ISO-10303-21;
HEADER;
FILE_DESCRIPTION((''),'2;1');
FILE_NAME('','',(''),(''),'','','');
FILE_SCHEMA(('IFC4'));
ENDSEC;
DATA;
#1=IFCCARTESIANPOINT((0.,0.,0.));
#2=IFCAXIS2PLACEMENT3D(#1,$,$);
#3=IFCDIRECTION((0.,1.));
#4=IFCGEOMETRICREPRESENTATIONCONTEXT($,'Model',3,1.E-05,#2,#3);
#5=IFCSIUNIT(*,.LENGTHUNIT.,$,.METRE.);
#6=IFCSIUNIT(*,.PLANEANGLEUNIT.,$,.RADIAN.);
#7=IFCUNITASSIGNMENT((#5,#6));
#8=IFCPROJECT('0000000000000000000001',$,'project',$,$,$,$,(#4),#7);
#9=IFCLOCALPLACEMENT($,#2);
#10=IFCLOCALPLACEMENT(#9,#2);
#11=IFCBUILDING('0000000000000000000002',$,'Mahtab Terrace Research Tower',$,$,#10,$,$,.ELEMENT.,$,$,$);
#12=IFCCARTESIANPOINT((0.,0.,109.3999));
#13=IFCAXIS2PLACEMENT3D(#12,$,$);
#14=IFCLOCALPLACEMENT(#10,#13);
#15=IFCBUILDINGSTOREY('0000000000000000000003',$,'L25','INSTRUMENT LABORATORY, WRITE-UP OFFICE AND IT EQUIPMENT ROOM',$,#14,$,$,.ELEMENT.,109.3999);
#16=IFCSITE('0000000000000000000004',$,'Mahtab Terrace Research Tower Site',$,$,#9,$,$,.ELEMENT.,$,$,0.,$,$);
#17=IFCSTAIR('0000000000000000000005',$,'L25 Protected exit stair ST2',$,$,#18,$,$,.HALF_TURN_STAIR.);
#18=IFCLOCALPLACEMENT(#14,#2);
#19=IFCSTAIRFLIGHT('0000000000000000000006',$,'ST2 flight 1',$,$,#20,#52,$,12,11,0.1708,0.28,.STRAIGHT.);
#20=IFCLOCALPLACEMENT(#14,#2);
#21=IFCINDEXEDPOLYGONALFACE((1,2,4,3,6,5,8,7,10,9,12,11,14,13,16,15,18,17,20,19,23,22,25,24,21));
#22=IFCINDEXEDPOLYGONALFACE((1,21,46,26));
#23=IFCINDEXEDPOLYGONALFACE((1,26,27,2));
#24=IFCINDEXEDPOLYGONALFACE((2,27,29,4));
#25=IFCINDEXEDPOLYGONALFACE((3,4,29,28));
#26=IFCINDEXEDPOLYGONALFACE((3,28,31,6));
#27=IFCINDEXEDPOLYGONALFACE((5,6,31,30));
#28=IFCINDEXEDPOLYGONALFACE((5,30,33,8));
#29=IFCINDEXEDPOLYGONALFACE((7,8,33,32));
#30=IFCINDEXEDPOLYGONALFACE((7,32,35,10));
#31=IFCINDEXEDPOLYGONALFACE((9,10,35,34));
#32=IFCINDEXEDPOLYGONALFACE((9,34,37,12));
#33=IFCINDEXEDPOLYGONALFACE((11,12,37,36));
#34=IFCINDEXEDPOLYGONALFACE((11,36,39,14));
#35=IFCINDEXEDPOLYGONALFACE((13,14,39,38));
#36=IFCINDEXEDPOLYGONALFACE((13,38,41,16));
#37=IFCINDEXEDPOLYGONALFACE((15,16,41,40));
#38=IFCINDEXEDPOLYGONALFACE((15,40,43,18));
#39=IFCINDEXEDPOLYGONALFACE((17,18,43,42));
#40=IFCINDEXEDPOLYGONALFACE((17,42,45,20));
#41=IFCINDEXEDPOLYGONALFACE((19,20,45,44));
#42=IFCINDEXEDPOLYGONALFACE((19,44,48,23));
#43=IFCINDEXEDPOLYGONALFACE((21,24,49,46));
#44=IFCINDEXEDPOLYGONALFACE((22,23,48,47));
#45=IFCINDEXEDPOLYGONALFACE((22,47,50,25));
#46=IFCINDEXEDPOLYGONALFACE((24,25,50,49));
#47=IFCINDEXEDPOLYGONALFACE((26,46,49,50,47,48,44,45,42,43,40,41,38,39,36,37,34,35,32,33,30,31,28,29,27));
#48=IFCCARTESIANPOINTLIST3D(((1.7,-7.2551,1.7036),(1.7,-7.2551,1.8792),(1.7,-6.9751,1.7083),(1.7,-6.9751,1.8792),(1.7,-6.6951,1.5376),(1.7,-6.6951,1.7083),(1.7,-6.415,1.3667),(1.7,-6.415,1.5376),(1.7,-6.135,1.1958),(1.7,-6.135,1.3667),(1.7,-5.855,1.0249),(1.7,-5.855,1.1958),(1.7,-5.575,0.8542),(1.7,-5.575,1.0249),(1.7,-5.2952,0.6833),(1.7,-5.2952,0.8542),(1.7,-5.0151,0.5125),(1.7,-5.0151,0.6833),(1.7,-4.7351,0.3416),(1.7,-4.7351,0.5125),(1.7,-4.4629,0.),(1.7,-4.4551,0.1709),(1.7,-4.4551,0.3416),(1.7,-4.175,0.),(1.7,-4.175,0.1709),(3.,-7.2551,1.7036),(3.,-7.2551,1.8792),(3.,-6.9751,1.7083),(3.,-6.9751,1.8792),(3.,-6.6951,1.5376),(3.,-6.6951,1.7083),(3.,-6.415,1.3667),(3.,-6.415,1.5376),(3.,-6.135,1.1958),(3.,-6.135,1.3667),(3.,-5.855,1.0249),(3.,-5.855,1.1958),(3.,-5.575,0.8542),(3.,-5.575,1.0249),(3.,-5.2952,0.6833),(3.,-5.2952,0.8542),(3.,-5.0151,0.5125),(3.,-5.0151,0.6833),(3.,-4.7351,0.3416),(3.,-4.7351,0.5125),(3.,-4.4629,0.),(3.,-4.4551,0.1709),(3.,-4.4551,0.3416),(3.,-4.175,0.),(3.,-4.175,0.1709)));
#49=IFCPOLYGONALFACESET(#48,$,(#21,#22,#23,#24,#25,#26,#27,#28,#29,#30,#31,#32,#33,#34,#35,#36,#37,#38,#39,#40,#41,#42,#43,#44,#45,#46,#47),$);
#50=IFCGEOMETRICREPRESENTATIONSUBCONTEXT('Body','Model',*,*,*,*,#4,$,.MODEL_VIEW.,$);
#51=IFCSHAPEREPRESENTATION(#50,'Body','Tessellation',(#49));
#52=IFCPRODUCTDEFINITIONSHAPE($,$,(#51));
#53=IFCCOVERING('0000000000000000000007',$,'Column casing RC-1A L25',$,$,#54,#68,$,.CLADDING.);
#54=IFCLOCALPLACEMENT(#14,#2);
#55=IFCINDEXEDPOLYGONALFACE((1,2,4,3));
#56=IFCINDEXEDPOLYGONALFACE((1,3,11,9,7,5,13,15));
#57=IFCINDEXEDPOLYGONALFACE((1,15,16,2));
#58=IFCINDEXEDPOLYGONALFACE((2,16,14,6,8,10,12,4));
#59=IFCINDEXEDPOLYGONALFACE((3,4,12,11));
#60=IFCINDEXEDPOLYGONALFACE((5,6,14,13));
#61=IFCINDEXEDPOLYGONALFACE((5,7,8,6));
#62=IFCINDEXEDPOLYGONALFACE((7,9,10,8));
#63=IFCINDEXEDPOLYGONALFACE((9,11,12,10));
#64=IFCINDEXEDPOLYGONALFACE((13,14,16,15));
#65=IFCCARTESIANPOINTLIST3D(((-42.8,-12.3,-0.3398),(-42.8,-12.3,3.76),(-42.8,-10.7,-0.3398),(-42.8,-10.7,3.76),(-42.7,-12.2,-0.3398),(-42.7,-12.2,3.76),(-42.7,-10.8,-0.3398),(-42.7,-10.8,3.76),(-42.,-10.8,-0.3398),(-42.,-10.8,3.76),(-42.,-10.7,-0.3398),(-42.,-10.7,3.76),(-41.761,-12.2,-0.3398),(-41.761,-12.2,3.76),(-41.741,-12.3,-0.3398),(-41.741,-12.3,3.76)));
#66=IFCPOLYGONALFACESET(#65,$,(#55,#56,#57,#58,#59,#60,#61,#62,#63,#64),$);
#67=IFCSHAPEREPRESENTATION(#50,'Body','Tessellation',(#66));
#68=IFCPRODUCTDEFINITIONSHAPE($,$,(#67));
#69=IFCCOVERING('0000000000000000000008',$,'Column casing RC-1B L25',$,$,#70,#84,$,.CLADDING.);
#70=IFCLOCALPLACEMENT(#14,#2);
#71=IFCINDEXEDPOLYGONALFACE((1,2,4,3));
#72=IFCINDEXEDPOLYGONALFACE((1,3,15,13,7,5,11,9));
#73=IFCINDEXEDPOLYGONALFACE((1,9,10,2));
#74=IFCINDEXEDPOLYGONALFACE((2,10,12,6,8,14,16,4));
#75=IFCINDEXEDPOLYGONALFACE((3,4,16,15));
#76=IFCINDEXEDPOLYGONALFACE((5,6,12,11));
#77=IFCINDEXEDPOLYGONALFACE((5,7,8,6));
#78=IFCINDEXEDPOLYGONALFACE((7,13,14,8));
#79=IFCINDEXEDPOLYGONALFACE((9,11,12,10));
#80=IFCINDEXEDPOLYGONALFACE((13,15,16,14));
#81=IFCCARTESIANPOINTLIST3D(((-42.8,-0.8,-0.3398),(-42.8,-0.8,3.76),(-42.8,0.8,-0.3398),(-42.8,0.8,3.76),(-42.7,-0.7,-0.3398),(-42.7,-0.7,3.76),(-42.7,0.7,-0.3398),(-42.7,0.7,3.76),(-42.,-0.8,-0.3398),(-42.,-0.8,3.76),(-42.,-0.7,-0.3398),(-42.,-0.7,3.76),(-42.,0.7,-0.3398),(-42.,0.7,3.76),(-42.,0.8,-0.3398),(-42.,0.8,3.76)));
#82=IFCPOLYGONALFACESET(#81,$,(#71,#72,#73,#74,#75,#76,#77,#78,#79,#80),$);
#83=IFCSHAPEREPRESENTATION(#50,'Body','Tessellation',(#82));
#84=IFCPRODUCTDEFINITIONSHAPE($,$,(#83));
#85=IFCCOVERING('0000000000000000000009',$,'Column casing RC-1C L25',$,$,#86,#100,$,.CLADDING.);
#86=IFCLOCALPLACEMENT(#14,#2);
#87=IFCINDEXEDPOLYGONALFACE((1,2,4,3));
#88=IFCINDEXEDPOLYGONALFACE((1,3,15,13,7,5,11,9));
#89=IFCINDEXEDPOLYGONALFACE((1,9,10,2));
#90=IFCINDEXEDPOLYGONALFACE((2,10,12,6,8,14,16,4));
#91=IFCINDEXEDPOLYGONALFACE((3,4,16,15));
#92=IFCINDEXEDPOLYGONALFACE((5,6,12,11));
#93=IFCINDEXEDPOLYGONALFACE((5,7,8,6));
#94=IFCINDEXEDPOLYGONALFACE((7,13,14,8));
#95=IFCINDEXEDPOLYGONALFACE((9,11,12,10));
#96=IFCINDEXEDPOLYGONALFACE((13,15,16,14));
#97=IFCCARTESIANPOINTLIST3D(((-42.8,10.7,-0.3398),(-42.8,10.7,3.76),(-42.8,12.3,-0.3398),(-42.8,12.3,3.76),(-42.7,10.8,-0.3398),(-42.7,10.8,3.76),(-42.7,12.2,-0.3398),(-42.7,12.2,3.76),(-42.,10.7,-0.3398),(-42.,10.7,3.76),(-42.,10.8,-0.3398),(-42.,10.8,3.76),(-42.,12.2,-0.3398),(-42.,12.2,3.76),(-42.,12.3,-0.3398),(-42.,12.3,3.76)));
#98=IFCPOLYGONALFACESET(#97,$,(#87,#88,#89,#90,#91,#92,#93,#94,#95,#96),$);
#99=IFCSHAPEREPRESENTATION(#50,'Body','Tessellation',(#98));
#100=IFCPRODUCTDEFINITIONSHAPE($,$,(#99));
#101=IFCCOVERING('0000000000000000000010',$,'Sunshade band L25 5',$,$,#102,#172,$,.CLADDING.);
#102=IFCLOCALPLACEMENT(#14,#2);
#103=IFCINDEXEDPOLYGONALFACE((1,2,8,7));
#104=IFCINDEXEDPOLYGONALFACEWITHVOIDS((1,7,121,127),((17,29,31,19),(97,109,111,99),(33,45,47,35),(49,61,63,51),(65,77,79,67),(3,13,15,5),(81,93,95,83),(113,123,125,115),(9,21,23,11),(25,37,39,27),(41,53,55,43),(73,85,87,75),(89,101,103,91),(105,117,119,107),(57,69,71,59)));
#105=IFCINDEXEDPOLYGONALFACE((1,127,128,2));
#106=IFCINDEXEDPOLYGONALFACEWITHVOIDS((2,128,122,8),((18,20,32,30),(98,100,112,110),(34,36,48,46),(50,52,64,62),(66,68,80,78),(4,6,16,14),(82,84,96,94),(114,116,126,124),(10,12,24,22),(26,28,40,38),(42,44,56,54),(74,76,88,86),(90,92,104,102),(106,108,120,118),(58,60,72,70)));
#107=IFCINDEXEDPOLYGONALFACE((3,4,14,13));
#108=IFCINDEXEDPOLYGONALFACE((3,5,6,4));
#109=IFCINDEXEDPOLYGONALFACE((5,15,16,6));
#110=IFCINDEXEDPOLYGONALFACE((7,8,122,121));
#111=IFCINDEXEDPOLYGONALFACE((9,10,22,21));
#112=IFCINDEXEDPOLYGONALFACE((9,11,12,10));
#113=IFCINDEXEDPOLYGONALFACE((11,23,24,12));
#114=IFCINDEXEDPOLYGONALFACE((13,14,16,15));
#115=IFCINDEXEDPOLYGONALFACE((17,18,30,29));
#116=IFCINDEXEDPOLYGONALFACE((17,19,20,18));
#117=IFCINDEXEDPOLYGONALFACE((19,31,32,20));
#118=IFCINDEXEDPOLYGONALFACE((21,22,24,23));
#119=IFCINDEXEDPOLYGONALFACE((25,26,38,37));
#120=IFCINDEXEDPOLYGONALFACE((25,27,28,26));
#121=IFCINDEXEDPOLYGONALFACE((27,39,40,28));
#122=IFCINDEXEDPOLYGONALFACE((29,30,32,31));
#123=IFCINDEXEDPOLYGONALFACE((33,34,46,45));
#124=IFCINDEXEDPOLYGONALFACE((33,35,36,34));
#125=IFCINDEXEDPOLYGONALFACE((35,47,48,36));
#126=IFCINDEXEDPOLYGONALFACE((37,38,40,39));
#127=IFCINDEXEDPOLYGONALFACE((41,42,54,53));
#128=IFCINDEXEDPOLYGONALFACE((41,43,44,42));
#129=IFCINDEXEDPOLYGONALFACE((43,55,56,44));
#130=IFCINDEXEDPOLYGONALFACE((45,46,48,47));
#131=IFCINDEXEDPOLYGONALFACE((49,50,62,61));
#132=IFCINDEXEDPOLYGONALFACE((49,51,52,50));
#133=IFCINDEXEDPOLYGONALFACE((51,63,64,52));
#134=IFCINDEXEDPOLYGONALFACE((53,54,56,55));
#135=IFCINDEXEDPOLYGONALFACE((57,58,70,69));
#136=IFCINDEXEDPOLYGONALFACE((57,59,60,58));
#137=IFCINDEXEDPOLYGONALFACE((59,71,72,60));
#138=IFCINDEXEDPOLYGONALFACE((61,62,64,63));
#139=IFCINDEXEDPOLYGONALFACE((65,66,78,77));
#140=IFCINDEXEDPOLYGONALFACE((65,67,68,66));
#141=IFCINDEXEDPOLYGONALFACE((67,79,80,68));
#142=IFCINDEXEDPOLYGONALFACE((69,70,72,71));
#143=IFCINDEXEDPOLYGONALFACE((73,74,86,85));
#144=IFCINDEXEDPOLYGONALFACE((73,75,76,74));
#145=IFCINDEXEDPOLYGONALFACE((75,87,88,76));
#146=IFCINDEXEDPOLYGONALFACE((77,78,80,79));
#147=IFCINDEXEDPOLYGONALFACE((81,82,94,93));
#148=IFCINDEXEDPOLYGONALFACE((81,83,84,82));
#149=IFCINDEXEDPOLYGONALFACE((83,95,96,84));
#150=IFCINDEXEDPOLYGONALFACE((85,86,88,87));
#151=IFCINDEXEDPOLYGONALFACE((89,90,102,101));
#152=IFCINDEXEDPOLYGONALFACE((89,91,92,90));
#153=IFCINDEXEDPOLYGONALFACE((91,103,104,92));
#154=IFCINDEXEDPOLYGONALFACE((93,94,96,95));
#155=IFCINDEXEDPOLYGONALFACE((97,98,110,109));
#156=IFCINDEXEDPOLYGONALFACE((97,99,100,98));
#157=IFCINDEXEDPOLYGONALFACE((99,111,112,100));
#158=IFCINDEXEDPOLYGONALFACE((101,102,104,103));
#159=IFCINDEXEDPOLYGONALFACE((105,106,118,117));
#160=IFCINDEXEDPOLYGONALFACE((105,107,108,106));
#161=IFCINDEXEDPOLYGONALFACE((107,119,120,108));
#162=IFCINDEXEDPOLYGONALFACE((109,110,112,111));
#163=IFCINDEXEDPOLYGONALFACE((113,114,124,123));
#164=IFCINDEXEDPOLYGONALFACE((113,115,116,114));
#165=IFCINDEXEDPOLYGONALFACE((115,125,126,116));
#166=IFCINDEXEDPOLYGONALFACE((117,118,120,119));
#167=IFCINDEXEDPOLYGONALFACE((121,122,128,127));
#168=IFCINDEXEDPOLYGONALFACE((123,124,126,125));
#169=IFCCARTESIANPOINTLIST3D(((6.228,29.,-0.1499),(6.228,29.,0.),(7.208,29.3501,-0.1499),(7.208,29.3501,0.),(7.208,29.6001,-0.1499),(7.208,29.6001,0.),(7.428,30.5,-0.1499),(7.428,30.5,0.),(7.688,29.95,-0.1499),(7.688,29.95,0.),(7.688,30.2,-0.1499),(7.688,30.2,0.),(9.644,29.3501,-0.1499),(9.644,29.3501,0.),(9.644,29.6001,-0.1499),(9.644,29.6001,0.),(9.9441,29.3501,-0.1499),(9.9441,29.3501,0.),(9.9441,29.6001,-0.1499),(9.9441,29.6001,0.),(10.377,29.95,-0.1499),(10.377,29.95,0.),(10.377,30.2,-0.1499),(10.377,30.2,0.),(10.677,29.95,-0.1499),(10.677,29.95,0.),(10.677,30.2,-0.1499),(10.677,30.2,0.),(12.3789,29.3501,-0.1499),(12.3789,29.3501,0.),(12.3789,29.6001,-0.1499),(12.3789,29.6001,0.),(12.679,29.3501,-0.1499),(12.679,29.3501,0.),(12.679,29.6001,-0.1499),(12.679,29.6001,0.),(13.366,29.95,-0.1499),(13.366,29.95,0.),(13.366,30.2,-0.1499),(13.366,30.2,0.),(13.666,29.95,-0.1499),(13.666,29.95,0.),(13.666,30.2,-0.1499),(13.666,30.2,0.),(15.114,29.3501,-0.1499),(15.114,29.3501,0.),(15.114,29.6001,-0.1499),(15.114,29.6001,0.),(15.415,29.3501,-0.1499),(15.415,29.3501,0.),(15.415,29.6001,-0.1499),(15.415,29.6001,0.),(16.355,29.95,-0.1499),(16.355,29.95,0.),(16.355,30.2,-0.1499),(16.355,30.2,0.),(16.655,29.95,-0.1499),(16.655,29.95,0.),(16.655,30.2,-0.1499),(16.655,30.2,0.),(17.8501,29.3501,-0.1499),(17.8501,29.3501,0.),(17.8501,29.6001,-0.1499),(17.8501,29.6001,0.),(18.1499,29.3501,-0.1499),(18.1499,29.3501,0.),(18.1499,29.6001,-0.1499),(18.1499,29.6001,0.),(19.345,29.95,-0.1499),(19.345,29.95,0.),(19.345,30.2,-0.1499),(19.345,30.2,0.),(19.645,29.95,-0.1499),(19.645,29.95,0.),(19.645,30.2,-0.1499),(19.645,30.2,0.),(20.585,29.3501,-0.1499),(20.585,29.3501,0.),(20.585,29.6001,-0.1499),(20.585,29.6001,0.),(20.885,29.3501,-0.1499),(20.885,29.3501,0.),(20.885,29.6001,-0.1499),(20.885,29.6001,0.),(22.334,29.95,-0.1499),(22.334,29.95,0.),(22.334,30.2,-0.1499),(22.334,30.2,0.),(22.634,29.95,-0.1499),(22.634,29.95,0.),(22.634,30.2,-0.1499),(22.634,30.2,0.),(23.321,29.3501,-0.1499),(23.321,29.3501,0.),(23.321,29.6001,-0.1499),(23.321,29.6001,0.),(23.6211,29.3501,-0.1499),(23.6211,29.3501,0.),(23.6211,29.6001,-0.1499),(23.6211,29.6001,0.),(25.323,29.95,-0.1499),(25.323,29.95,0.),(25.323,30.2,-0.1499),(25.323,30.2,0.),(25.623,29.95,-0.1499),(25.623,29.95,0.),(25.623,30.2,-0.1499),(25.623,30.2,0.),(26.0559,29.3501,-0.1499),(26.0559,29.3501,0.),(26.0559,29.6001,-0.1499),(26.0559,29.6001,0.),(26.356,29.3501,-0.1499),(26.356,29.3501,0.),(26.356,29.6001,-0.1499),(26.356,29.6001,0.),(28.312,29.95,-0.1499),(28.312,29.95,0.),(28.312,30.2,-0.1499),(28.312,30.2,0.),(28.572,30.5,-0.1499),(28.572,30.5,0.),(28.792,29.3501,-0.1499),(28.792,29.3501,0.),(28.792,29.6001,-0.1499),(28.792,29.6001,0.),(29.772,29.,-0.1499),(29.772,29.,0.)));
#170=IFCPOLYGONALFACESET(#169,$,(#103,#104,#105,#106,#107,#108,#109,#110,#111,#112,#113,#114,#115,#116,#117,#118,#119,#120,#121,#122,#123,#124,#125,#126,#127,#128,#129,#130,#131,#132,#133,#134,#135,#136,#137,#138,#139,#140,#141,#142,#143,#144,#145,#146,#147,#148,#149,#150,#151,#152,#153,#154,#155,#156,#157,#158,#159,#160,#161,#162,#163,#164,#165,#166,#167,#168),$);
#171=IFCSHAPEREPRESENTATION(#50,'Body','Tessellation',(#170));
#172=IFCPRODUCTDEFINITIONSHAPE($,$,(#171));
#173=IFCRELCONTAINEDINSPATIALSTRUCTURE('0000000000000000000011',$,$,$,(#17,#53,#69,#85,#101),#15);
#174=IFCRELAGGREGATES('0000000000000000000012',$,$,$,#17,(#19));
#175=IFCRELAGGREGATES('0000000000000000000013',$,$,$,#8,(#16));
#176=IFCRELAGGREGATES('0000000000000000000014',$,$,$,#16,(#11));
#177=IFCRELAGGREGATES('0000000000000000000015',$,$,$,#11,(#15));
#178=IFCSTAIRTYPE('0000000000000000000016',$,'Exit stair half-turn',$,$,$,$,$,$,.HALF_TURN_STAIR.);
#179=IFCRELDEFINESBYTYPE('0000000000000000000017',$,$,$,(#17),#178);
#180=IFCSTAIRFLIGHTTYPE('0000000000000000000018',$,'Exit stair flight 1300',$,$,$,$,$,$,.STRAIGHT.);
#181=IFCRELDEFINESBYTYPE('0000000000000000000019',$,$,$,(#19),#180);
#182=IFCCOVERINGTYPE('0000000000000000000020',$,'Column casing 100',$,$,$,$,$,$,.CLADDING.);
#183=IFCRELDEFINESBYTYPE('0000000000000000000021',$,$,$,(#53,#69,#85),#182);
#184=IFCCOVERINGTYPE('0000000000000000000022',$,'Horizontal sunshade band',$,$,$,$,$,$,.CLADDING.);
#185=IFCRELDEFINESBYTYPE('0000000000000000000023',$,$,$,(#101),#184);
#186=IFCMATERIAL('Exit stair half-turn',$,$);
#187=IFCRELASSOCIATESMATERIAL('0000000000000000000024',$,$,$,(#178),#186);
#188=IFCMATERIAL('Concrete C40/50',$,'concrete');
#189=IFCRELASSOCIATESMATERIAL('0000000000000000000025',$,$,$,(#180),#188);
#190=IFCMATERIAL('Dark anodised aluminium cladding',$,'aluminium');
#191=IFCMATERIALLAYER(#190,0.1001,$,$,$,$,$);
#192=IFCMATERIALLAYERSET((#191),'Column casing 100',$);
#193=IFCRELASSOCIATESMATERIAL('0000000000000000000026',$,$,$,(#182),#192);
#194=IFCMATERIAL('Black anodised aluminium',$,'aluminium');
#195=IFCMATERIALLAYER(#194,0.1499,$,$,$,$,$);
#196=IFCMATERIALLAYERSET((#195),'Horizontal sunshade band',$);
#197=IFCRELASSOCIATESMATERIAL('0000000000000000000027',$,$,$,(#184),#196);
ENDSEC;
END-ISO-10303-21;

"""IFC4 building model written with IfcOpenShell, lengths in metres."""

from ifc_helpers import new_model, si_unit, direction, frame, origin, place, context, subcontext, project, spatial, polyline, outline, extrude, material, layer, layer_set, type_object, element, aggregate, save


model = new_model("IFC4")

# Units and contexts
model_context = context("Model", 3, precision=1e-05, world=origin(), true_north=direction((0.0, 1.0)))
body_context = subcontext(model_context, "Body", "Model", "MODEL_VIEW")
ifc_project = project(units=[si_unit("LENGTHUNIT", "METRE"), si_unit("PLANEANGLEUNIT", "RADIAN")], contexts=[model_context])

# Site, building, storey
site_placement = place(None, origin())
site = spatial("IfcSite", under=ifc_project, at=site_placement, Name="Mahtab Terrace Research Tower Site", CompositionType="ELEMENT", RefElevation=0.0)
building_placement = place(site_placement, origin())
building = spatial("IfcBuilding", under=site, at=building_placement, Name="Mahtab Terrace Research Tower", CompositionType="ELEMENT")
storey_placement = place(building_placement, frame((0.0, 0.0, 109.3999)))
storey = spatial("IfcBuildingStorey", under=building, at=storey_placement, Name="L25", Description="INSTRUMENT LABORATORY, WRITE-UP OFFICE AND IT EQUIPMENT ROOM", CompositionType="ELEMENT", Elevation=109.3999)

# Stair
ifc_material_1 = material(Name="Exit stair half-turn")
stair_type = type_object("IfcStairType", Name="Exit stair half-turn", PredefinedType="HALF_TURN_STAIR", material=ifc_material_1)
ifc_material_2 = material(Name="Concrete C40/50", Category="concrete")
stair_1_placement = place(storey_placement, origin())
stair_1 = element("IfcStair", 1, at=stair_1_placement, inside=storey, type_object=stair_type, Name="L25 Protected exit stair ST2", PredefinedType="HALF_TURN_STAIR")

# Stair flight
stair_flight_type = type_object("IfcStairFlightType", Name="Exit stair flight 1300", PredefinedType="STRAIGHT", material=ifc_material_2)
stair_flight_placement = place(storey_placement, frame((2.3501, -4.175, 0.0), z_axis=(0.0, 0.0, 1.0), x_axis=(0.0, -1.0, 0.0)))
stair_flight = element("IfcStairFlight", 2, at=stair_flight_placement, type_object=stair_flight_type, Name="ST2 flight 1", NumberOfRisers=12, NumberOfTreads=11, PredefinedType="STRAIGHT", RiserHeight=0.1708, TreadLength=0.28, context=body_context, shape_type="SweptSolid", body=[
    extrude(outline(polyline([(0.0, 0.0), (0.0, 0.1709), (0.28, 0.1709), (0.28, 0.3416), (0.5601, 0.3416), (0.5601, 0.5125), (0.8401, 0.5125), (0.8401, 0.6833), (1.1201, 0.6833), (1.1201, 0.8542), (1.3999, 0.8542), (1.3999, 1.0249), (1.6799, 1.0249), (1.6799, 1.1958), (1.96, 1.1958), (1.96, 1.3667), (2.24, 1.3667), (2.24, 1.5376), (2.52, 1.5376), (2.52, 1.7083), (2.8, 1.7083), (2.8, 1.8792), (3.0801, 1.8792), (3.0801, 2.05), (3.0801, 1.7036), (0.2878, 0.0), (0.0, 0.0)])), frame((0.0, 0.6499, 0.0), z_axis=(0.0, -1.0, 0.0), x_axis=(1.0, 0.0, 0.0)), (0.0, 0.0, 1.0), 1.3),
])
aggregate(stair_1, [stair_flight])

# Coverings
ifc_material_3 = material(Name="Dark anodised aluminium cladding", Category="aluminium")
ifc_layer_1 = layer(ifc_material_3, 0.1001)
ifc_layer_set_1 = layer_set([ifc_layer_1], Name="Column casing 100")
covering_type_1 = type_object("IfcCoveringType", Name="Column casing 100", PredefinedType="CLADDING", material=ifc_layer_set_1)
covering_1_placement = place(storey_placement, frame((0.0, 0.0, -0.3398)))
element("IfcCovering", 3, at=covering_1_placement, inside=storey, type_object=covering_type_1, Name="Column casing RC-1A L25", PredefinedType="CLADDING", context=body_context, shape_type="SweptSolid", body=[
    extrude(outline(polyline([(-42.8, -10.7), (-42.0, -10.7), (-42.0, -10.8), (-42.7, -10.8), (-42.7, -12.2), (-41.761, -12.2), (-41.741, -12.3), (-42.8, -12.3), (-42.8, -10.7)])), origin(), (0.0, 0.0, 1.0), 4.0999),
])
covering_2_placement = place(storey_placement, frame((0.0, 0.0, -0.3398)))
element("IfcCovering", 4, at=covering_2_placement, inside=storey, type_object=covering_type_1, Name="Column casing RC-1B L25", PredefinedType="CLADDING", context=body_context, shape_type="SweptSolid", body=[
    extrude(outline(polyline([(-42.8, 0.8), (-42.0, 0.8), (-42.0, 0.7), (-42.7, 0.7), (-42.7, -0.7), (-42.0, -0.7), (-42.0, -0.8), (-42.8, -0.8), (-42.8, 0.8)])), origin(), (0.0, 0.0, 1.0), 4.0999),
])
covering_3_placement = place(storey_placement, frame((0.0, 0.0, -0.3398)))
element("IfcCovering", 5, at=covering_3_placement, inside=storey, type_object=covering_type_1, Name="Column casing RC-1C L25", PredefinedType="CLADDING", context=body_context, shape_type="SweptSolid", body=[
    extrude(outline(polyline([(-42.8, 12.3), (-42.0, 12.3), (-42.0, 12.2), (-42.7, 12.2), (-42.7, 10.8), (-42.0, 10.8), (-42.0, 10.7), (-42.8, 10.7), (-42.8, 12.3)])), origin(), (0.0, 0.0, 1.0), 4.0999),
])
ifc_material_4 = material(Name="Black anodised aluminium", Category="aluminium")
ifc_layer_2 = layer(ifc_material_4, 0.1499)
ifc_layer_set_2 = layer_set([ifc_layer_2], Name="Horizontal sunshade band")
covering_type_2 = type_object("IfcCoveringType", Name="Horizontal sunshade band", PredefinedType="CLADDING", material=ifc_layer_set_2)
covering_4_placement = place(storey_placement, frame((0.0, 0.0, -0.1499)))
element("IfcCovering", 6, at=covering_4_placement, inside=storey, type_object=covering_type_2, Name="Sunshade band L25 5", PredefinedType="CLADDING", context=body_context, shape_type="SweptSolid", body=[
    extrude(outline(polyline([(29.772, 29.0), (6.228, 29.0), (7.428, 30.5), (28.572, 30.5), (29.772, 29.0)]), holes=[polyline([(28.792, 29.3501), (26.356, 29.3501), (26.356, 29.6001), (28.792, 29.6001), (28.792, 29.3501)]), polyline([(26.0559, 29.3501), (23.6211, 29.3501), (23.6211, 29.6001), (26.0559, 29.6001), (26.0559, 29.3501)]), polyline([(23.321, 29.3501), (20.885, 29.3501), (20.885, 29.6001), (23.321, 29.6001), (23.321, 29.3501)]), polyline([(20.585, 29.3501), (18.1499, 29.3501), (18.1499, 29.6001), (20.585, 29.6001), (20.585, 29.3501)]), polyline([(17.8501, 29.3501), (15.415, 29.3501), (15.415, 29.6001), (17.8501, 29.6001), (17.8501, 29.3501)]), polyline([(15.114, 29.3501), (12.679, 29.3501), (12.679, 29.6001), (15.114, 29.6001), (15.114, 29.3501)]), polyline([(12.3789, 29.3501), (9.9441, 29.3501), (9.9441, 29.6001), (12.3789, 29.6001), (12.3789, 29.3501)]), polyline([(9.644, 29.3501), (7.208, 29.3501), (7.208, 29.6001), (9.644, 29.6001), (9.644, 29.3501)]), polyline([(28.312, 29.95), (25.623, 29.95), (25.623, 30.2), (28.312, 30.2), (28.312, 29.95)]), polyline([(25.323, 29.95), (22.634, 29.95), (22.634, 30.2), (25.323, 30.2), (25.323, 29.95)]), polyline([(22.334, 29.95), (19.645, 29.95), (19.645, 30.2), (22.334, 30.2), (22.334, 29.95)]), polyline([(19.345, 29.95), (16.655, 29.95), (16.655, 30.2), (19.345, 30.2), (19.345, 29.95)]), polyline([(16.355, 29.95), (13.666, 29.95), (13.666, 30.2), (16.355, 30.2), (16.355, 29.95)]), polyline([(13.366, 29.95), (10.677, 29.95), (10.677, 30.2), (13.366, 30.2), (13.366, 29.95)]), polyline([(10.377, 29.95), (7.688, 29.95), (7.688, 30.2), (10.377, 30.2), (10.377, 29.95)])]), origin(), (0.0, 0.0, 1.0), 0.1499),
])

save(model, "model.ifc")
